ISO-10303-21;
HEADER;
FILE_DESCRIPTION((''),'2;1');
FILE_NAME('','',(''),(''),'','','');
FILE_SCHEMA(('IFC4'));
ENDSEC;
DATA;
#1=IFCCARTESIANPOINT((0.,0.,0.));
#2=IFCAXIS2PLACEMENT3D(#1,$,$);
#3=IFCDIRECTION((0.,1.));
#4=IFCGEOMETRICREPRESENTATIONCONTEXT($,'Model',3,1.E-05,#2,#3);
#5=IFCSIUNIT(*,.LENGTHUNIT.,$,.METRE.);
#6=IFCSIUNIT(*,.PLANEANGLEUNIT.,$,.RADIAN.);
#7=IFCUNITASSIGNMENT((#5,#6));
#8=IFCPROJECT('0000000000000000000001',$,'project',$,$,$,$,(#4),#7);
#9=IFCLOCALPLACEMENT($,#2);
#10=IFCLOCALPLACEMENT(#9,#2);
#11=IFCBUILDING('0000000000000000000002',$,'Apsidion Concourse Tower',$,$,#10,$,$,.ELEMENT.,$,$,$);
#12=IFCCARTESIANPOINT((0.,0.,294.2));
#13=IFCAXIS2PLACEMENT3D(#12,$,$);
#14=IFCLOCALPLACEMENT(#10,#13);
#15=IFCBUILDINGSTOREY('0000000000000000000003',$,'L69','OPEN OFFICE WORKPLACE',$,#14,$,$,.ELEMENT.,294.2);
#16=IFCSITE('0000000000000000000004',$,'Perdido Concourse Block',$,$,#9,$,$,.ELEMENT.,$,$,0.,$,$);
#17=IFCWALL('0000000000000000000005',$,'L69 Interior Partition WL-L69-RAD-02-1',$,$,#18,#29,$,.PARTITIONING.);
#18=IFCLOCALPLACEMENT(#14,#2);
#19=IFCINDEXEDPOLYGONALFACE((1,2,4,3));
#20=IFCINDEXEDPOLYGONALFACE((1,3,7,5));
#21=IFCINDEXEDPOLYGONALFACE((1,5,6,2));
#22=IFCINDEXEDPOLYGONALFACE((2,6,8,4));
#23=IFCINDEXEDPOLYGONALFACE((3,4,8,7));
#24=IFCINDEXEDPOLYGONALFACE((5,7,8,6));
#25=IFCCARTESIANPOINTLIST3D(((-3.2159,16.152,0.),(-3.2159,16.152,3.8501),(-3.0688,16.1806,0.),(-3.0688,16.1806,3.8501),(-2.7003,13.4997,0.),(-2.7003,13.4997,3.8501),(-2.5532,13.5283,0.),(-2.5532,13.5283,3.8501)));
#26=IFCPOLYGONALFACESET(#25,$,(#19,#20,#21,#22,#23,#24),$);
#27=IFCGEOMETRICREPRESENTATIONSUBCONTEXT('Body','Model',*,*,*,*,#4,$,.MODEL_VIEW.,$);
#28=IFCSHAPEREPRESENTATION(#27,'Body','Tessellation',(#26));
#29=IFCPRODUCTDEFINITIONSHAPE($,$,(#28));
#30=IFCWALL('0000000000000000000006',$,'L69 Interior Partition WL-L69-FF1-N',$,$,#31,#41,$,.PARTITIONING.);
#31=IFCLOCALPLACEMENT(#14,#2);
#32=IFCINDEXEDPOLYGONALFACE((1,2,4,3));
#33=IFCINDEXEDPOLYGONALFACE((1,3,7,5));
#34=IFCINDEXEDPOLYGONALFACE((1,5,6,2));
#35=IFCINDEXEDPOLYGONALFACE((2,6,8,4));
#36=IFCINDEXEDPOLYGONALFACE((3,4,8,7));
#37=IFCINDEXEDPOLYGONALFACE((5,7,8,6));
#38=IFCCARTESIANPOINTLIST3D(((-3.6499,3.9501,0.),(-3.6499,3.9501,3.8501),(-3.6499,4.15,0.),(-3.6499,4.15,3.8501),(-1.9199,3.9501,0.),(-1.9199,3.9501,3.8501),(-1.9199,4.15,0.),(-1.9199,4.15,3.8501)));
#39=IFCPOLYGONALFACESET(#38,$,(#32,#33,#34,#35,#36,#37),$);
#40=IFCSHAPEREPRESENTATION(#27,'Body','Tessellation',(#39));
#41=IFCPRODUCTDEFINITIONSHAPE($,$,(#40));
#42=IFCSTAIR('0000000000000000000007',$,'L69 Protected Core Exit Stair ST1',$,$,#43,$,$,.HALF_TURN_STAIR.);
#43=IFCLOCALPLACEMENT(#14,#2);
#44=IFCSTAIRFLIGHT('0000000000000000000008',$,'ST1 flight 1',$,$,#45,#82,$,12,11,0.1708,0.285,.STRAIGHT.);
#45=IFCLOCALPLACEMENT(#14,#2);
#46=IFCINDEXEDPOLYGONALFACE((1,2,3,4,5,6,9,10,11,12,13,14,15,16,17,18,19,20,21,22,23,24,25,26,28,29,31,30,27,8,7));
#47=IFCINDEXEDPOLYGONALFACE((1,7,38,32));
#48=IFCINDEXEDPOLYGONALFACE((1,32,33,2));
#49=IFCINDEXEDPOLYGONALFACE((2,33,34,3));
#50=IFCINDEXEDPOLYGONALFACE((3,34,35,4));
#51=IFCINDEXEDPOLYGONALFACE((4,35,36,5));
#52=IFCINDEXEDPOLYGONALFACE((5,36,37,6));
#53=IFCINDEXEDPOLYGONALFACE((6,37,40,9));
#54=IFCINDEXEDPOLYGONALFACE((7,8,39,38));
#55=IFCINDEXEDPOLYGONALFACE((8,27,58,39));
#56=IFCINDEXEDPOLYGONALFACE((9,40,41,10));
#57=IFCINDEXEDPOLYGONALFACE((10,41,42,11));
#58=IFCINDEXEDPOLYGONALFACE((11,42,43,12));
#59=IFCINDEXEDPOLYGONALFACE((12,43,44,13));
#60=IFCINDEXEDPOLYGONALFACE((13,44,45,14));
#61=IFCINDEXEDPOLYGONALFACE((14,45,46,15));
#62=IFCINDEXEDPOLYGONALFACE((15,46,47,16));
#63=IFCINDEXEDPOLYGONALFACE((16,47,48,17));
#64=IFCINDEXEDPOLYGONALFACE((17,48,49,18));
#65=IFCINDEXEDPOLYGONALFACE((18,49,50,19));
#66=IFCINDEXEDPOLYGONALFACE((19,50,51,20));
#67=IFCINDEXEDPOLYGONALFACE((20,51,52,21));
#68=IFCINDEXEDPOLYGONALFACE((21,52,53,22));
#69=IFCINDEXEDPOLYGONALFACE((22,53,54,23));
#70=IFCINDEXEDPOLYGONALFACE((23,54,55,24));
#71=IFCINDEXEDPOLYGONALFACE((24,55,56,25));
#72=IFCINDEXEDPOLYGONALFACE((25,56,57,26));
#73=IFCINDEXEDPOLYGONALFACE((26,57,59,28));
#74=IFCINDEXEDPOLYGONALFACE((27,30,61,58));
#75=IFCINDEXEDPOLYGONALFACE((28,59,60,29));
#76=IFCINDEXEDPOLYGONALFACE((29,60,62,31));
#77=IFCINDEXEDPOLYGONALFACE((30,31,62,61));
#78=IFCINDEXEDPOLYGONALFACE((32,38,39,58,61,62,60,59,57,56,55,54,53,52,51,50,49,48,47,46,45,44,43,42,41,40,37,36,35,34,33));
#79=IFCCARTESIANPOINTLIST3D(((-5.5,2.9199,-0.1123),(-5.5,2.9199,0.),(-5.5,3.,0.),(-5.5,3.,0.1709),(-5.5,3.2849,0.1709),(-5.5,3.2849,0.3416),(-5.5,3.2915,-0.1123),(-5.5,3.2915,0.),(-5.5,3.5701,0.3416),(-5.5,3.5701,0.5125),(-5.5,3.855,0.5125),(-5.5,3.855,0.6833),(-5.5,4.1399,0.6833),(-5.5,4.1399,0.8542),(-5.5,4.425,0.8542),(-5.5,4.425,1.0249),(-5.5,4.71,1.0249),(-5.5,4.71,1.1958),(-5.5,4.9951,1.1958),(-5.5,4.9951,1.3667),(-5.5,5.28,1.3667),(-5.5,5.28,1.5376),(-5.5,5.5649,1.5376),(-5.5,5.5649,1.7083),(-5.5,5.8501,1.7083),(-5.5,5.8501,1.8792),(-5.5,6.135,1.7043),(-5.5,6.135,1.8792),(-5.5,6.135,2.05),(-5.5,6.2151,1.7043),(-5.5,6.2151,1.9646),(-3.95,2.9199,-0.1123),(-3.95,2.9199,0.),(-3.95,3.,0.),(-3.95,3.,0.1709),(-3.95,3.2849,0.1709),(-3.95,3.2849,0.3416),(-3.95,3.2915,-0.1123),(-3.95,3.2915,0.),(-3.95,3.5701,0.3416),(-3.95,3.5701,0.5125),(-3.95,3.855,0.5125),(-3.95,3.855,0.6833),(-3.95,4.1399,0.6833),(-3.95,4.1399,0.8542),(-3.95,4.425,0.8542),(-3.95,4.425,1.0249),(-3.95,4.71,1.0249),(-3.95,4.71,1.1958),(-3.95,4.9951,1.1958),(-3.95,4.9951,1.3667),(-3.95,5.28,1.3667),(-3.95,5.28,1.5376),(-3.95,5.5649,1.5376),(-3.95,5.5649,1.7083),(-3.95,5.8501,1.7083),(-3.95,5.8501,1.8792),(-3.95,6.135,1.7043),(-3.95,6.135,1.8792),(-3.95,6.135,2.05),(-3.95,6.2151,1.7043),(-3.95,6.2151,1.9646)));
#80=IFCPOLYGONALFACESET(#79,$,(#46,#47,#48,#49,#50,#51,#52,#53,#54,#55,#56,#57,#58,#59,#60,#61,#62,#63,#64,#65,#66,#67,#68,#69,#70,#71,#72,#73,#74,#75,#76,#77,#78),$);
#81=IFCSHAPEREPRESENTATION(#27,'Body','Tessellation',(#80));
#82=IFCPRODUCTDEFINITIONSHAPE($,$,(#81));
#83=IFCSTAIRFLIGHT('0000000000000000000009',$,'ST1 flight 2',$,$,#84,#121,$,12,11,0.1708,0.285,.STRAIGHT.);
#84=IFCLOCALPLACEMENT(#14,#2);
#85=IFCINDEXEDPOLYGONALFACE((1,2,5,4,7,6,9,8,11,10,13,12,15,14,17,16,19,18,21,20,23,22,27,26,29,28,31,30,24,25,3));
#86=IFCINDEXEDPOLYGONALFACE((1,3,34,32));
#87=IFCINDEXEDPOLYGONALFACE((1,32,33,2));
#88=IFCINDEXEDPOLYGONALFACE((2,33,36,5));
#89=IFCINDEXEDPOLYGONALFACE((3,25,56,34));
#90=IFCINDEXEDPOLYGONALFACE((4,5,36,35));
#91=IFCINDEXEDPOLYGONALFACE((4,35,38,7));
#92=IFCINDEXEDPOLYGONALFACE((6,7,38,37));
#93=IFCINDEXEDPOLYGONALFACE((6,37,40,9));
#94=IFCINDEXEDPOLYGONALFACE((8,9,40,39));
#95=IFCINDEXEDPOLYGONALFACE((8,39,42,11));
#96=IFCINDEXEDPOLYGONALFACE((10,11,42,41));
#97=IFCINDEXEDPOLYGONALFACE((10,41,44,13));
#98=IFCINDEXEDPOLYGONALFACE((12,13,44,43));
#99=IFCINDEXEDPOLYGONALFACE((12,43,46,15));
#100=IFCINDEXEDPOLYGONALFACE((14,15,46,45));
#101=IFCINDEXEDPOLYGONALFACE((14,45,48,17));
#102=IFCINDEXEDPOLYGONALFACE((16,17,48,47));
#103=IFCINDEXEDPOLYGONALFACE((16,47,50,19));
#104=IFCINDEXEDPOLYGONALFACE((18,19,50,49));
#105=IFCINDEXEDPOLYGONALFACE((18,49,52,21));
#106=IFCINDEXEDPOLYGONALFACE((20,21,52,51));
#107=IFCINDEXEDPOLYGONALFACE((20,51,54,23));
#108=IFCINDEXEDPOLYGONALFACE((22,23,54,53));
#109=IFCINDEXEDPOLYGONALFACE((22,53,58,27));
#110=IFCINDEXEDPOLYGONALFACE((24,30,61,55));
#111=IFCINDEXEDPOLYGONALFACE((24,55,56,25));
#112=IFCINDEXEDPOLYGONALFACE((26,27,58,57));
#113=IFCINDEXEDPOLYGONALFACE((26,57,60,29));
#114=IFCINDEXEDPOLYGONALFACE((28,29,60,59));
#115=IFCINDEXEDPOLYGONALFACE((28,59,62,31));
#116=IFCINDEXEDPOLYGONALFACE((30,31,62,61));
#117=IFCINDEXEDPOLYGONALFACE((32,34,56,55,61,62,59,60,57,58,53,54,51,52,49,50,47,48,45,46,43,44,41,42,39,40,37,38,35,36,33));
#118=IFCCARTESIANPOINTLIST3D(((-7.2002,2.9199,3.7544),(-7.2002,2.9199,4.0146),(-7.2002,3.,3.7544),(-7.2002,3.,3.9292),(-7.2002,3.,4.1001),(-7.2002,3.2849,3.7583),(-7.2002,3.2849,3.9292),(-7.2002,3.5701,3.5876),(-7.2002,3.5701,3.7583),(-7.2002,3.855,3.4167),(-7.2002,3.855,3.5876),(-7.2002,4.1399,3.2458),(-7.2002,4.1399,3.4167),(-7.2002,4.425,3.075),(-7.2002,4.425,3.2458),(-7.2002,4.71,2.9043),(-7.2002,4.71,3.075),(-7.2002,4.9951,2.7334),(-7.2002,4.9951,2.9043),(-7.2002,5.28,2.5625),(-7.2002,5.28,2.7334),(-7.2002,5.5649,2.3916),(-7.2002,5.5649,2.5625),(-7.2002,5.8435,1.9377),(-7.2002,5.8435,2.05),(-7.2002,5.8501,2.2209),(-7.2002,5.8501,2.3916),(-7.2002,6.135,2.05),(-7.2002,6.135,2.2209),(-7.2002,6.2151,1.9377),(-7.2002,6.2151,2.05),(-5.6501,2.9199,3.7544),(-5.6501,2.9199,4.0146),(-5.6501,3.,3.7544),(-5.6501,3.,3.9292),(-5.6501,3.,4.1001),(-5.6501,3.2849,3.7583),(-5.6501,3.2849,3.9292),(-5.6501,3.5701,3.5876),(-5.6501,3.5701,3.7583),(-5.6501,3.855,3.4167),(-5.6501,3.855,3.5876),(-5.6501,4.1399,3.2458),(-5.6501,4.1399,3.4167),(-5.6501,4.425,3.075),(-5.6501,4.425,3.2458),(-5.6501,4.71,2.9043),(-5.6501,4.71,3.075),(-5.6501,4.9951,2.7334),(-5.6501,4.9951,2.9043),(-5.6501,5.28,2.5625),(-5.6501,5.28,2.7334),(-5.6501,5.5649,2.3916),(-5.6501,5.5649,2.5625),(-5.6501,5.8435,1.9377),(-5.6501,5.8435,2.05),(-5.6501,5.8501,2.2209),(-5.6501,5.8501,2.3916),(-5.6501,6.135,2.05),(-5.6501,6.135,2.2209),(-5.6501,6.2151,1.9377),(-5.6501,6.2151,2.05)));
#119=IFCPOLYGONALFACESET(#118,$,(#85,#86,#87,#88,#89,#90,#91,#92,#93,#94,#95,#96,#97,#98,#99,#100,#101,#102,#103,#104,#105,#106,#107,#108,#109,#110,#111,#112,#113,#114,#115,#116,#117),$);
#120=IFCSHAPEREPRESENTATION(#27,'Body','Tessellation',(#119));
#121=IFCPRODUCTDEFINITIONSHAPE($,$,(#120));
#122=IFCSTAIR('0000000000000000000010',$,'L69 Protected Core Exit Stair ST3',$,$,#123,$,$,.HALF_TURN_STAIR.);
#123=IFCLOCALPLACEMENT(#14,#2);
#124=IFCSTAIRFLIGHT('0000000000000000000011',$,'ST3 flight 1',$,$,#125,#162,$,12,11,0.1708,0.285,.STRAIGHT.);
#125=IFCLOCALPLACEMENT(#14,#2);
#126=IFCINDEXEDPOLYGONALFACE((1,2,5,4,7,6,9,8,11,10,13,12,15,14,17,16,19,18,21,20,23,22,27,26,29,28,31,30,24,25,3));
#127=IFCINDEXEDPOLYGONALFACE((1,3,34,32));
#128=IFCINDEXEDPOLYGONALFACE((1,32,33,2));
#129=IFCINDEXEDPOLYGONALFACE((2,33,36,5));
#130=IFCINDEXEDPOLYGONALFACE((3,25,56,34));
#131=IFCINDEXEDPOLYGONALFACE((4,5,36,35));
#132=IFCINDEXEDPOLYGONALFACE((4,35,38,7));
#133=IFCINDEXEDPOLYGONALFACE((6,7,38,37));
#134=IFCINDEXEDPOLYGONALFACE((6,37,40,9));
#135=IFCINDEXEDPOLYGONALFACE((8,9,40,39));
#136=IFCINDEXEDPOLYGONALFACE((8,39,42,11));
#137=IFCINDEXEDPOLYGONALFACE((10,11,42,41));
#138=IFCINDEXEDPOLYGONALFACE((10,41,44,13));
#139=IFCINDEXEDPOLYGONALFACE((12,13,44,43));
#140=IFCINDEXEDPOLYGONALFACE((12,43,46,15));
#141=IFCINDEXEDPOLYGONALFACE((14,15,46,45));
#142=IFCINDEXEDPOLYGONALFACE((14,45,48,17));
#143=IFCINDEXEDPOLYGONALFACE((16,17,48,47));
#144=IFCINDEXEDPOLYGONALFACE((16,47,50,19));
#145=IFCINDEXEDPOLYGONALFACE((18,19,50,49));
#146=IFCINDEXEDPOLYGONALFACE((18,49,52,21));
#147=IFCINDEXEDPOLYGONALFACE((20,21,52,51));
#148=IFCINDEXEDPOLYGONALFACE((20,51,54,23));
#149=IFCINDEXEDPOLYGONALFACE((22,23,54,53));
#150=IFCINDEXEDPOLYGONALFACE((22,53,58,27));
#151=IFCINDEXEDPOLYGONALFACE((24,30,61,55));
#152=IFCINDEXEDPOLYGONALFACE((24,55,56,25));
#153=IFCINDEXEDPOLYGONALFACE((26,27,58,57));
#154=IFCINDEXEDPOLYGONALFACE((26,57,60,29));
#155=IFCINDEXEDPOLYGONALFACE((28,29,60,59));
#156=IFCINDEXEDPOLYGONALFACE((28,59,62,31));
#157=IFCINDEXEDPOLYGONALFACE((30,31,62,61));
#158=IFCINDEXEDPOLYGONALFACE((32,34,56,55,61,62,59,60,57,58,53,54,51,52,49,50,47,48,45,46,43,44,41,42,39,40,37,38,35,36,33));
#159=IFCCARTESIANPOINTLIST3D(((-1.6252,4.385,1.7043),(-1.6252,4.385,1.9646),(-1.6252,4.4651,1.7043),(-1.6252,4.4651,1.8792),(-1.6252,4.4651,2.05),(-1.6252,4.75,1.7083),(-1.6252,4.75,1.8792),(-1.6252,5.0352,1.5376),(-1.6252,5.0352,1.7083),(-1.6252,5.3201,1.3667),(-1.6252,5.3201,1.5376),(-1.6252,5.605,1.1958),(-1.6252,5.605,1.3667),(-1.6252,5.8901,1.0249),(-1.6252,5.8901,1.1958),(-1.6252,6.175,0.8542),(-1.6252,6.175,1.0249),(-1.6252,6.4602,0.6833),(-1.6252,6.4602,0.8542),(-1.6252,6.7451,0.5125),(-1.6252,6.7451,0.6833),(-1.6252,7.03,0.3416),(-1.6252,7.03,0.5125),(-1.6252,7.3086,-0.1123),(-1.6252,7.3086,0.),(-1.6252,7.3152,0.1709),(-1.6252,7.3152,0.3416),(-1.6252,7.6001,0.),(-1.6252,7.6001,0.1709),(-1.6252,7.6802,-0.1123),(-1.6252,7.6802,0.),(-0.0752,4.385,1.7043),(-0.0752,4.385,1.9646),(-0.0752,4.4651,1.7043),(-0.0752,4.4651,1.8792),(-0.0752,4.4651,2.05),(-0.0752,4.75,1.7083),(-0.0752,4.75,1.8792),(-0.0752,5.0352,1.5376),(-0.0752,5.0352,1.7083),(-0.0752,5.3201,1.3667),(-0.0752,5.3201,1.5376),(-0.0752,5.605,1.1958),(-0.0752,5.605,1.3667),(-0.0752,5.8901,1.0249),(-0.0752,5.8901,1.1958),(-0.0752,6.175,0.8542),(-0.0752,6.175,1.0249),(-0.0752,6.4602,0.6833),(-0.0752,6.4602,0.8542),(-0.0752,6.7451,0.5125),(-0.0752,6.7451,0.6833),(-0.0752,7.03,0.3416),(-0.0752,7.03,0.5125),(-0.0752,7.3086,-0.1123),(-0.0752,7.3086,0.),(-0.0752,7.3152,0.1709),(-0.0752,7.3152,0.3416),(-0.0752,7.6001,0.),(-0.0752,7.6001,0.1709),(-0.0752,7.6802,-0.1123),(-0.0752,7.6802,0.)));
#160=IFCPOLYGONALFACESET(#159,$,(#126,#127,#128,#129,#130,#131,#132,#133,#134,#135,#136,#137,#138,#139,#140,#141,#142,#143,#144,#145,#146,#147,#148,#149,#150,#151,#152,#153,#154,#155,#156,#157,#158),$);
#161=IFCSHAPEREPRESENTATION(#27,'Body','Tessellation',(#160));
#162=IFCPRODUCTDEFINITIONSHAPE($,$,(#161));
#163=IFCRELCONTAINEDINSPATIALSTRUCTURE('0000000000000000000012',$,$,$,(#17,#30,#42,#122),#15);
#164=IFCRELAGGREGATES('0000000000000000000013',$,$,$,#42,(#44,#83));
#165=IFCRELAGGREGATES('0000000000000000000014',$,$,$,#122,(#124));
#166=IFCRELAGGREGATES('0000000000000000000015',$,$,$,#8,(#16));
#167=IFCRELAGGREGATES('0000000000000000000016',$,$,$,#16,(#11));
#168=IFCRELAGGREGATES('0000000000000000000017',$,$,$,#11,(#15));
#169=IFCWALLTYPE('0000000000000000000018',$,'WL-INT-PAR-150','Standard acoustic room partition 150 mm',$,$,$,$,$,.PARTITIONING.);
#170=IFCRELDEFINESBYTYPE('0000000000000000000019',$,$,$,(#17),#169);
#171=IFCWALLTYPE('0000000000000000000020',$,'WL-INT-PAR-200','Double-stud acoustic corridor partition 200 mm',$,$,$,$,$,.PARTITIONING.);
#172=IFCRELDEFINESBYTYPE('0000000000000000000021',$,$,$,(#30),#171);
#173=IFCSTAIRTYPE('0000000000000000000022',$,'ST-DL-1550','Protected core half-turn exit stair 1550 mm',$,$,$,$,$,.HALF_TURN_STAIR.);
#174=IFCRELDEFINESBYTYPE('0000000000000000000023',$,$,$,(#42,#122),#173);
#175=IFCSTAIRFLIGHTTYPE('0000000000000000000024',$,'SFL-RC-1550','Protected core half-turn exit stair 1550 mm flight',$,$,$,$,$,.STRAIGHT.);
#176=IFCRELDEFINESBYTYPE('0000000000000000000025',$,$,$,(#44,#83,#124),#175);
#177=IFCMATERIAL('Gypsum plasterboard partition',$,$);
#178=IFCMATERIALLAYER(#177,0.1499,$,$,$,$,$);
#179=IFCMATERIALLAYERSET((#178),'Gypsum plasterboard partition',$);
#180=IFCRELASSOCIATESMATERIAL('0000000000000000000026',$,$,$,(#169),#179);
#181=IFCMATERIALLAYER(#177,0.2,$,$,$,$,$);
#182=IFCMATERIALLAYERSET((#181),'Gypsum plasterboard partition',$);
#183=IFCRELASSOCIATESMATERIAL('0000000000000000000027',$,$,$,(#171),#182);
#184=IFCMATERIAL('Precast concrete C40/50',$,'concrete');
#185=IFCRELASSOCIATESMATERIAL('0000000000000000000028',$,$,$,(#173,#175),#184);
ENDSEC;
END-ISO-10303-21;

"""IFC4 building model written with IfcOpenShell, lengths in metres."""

from ifc_helpers import new_model, si_unit, direction, frame, frame_2d, origin, place, context, subcontext, project, spatial, polyline, rectangle, outline, extrude, material, layer, layer_set, type_object, element, aggregate, save


model = new_model("IFC4")

# Units and contexts
model_context = context("Model", 3, precision=1e-05, world=origin(), true_north=direction((0.0, 1.0)))
body_context = subcontext(model_context, "Body", "Model", "MODEL_VIEW")
ifc_project = project(units=[si_unit("LENGTHUNIT", "METRE"), si_unit("PLANEANGLEUNIT", "RADIAN")], contexts=[model_context])

# Site, building, storey
site_placement = place(None, origin())
site = spatial("IfcSite", under=ifc_project, at=site_placement, Name="Perdido Concourse Block", CompositionType="ELEMENT", RefElevation=0.0)
building_placement = place(site_placement, origin())
building = spatial("IfcBuilding", under=site, at=building_placement, Name="Apsidion Concourse Tower", CompositionType="ELEMENT")
storey_placement = place(building_placement, frame((0.0, 0.0, 294.2)))
storey = spatial("IfcBuildingStorey", under=building, at=storey_placement, Name="L69", Description="OPEN OFFICE WORKPLACE", CompositionType="ELEMENT", Elevation=294.2)

# Shared definitions
ifc_material_1 = material(Name="Gypsum plasterboard partition")
ifc_layer_1 = layer(ifc_material_1, 0.1499)
ifc_layer_set_1 = layer_set([ifc_layer_1], Name="Gypsum plasterboard partition")
wall_type_1 = type_object("IfcWallType", Name="WL-INT-PAR-150", Description="Standard acoustic room partition 150 mm", PredefinedType="PARTITIONING", material=ifc_layer_set_1)

# Walls
wall_1_placement = place(storey_placement, frame((-2.6267, 13.5139, 0.0), z_axis=(0.0, 0.0, 1.0), x_axis=(-0.190831, 0.981623, 0.0)))
element("IfcWall", 1, at=wall_1_placement, inside=storey, type_object=wall_type_1, Name="L69 Interior Partition WL-L69-RAD-02-1", PredefinedType="PARTITIONING", context=body_context, shape_type="SweptSolid", body=[
    extrude(rectangle(XDim=2.7019, YDim=0.1499, at=frame_2d((1.3511, 0.0))), origin(), (0.0, 0.0, 1.0), 3.8501),
])
ifc_layer_2 = layer(ifc_material_1, 0.2)
ifc_layer_set_2 = layer_set([ifc_layer_2], Name="Gypsum plasterboard partition")
wall_type_2 = type_object("IfcWallType", Name="WL-INT-PAR-200", Description="Double-stud acoustic corridor partition 200 mm", PredefinedType="PARTITIONING", material=ifc_layer_set_2)
wall_2_placement = place(storey_placement, frame((-3.6499, 4.05, 0.0), z_axis=(0.0, 0.0, 1.0), x_axis=(1.0, 0.0, 0.0)))
element("IfcWall", 2, at=wall_2_placement, inside=storey, type_object=wall_type_2, Name="L69 Interior Partition WL-L69-FF1-N", PredefinedType="PARTITIONING", context=body_context, shape_type="SweptSolid", body=[
    extrude(rectangle(XDim=1.73, YDim=0.2, at=frame_2d((0.865, 0.0))), origin(), (0.0, 0.0, 1.0), 3.8501),
])

# Stair, stair flights
ifc_material_2 = material(Name="Precast concrete C40/50", Category="concrete")
stair_type = type_object("IfcStairType", Name="ST-DL-1550", Description="Protected core half-turn exit stair 1550 mm", PredefinedType="HALF_TURN_STAIR", material=ifc_material_2)
stair_1_placement = place(storey_placement, origin())
stair_1 = element("IfcStair", 3, at=stair_1_placement, inside=storey, type_object=stair_type, Name="L69 Protected Core Exit Stair ST1", PredefinedType="HALF_TURN_STAIR")
stair_flight_type = type_object("IfcStairFlightType", Name="SFL-RC-1550", Description="Protected core half-turn exit stair 1550 mm flight", PredefinedType="STRAIGHT", material=ifc_material_2)
stair_flight_1_placement = place(storey_placement, frame((-4.7251, 3.0, 0.0), z_axis=(0.0, 0.0, 1.0), x_axis=(0.0, 1.0, 0.0)))
stair_flight_1 = element("IfcStairFlight", 4, at=stair_flight_1_placement, type_object=stair_flight_type, Name="ST1 flight 1", NumberOfRisers=12, NumberOfTreads=11, PredefinedType="STRAIGHT", RiserHeight=0.1708, TreadLength=0.285, context=body_context, shape_type="SweptSolid", body=[
    extrude(outline(polyline([(-0.0801, -0.1123), (-0.0801, 0.0), (0.0, 0.0), (0.0, 0.1709), (0.2849, 0.1709), (0.2849, 0.3416), (0.5701, 0.3416), (0.5701, 0.5125), (0.855, 0.5125), (0.855, 0.6833), (1.1399, 0.6833), (1.1399, 0.8542), (1.425, 0.8542), (1.425, 1.0249), (1.71, 1.0249), (1.71, 1.1958), (1.9951, 1.1958), (1.9951, 1.3667), (2.28, 1.3667), (2.28, 1.5376), (2.5649, 1.5376), (2.5649, 1.7083), (2.8501, 1.7083), (2.8501, 1.8792), (3.135, 1.8792), (3.135, 2.05), (3.2151, 1.9646), (3.2151, 1.7043), (3.135, 1.7043), (0.2915, 0.0), (0.2915, -0.1123), (-0.0801, -0.1123)])), frame((0.0, 0.7749, 0.0), z_axis=(0.0, -1.0, 0.0), x_axis=(1.0, 0.0, 0.0)), (0.0, 0.0, 1.0), 1.55),
])
stair_flight_2_placement = place(storey_placement, frame((-6.425, 6.135, 2.05), z_axis=(0.0, 0.0, 1.0), x_axis=(0.0, -1.0, 0.0)))
stair_flight_2 = element("IfcStairFlight", 5, at=stair_flight_2_placement, type_object=stair_flight_type, Name="ST1 flight 2", NumberOfRisers=12, NumberOfTreads=11, PredefinedType="STRAIGHT", RiserHeight=0.1708, TreadLength=0.285, context=body_context, shape_type="SweptSolid", body=[
    extrude(outline(polyline([(-0.0801, -0.1123), (-0.0801, 0.0), (0.0, 0.0), (0.0, 0.1709), (0.2849, 0.1709), (0.2849, 0.3416), (0.5701, 0.3416), (0.5701, 0.5125), (0.855, 0.5125), (0.855, 0.6833), (1.1399, 0.6833), (1.1399, 0.8542), (1.425, 0.8542), (1.425, 1.0249), (1.71, 1.0249), (1.71, 1.1958), (1.9951, 1.1958), (1.9951, 1.3667), (2.28, 1.3667), (2.28, 1.5376), (2.5649, 1.5376), (2.5649, 1.7083), (2.8501, 1.7083), (2.8501, 1.8792), (3.135, 1.8792), (3.135, 2.05), (3.2151, 1.9646), (3.2151, 1.7043), (3.135, 1.7043), (0.2915, 0.0), (0.2915, -0.1123), (-0.0801, -0.1123)])), frame((0.0, 0.7749, 0.0), z_axis=(0.0, -1.0, 0.0), x_axis=(1.0, 0.0, 0.0)), (0.0, 0.0, 1.0), 1.55),
])
aggregate(stair_1, [stair_flight_1, stair_flight_2])

# Stair, stair flight
stair_2_placement = place(storey_placement, origin())
stair_2 = element("IfcStair", 6, at=stair_2_placement, inside=storey, type_object=stair_type, Name="L69 Protected Core Exit Stair ST3", PredefinedType="HALF_TURN_STAIR")
stair_flight_3_placement = place(storey_placement, frame((-0.8501, 7.6001, 0.0), z_axis=(0.0, 0.0, 1.0), x_axis=(0.0, -1.0, 0.0)))
stair_flight_3 = element("IfcStairFlight", 7, at=stair_flight_3_placement, type_object=stair_flight_type, Name="ST3 flight 1", NumberOfRisers=12, NumberOfTreads=11, PredefinedType="STRAIGHT", RiserHeight=0.1708, TreadLength=0.285, context=body_context, shape_type="SweptSolid", body=[
    extrude(outline(polyline([(-0.0801, -0.1123), (-0.0801, 0.0), (0.0, 0.0), (0.0, 0.1709), (0.2849, 0.1709), (0.2849, 0.3416), (0.5701, 0.3416), (0.5701, 0.5125), (0.855, 0.5125), (0.855, 0.6833), (1.1399, 0.6833), (1.1399, 0.8542), (1.425, 0.8542), (1.425, 1.0249), (1.71, 1.0249), (1.71, 1.1958), (1.9951, 1.1958), (1.9951, 1.3667), (2.28, 1.3667), (2.28, 1.5376), (2.5649, 1.5376), (2.5649, 1.7083), (2.8501, 1.7083), (2.8501, 1.8792), (3.135, 1.8792), (3.135, 2.05), (3.2151, 1.9646), (3.2151, 1.7043), (3.135, 1.7043), (0.2915, 0.0), (0.2915, -0.1123), (-0.0801, -0.1123)])), frame((0.0, 0.7749, 0.0), z_axis=(0.0, -1.0, 0.0), x_axis=(1.0, 0.0, 0.0)), (0.0, 0.0, 1.0), 1.55),
])
aggregate(stair_2, [stair_flight_3])

save(model, "model.ifc")
